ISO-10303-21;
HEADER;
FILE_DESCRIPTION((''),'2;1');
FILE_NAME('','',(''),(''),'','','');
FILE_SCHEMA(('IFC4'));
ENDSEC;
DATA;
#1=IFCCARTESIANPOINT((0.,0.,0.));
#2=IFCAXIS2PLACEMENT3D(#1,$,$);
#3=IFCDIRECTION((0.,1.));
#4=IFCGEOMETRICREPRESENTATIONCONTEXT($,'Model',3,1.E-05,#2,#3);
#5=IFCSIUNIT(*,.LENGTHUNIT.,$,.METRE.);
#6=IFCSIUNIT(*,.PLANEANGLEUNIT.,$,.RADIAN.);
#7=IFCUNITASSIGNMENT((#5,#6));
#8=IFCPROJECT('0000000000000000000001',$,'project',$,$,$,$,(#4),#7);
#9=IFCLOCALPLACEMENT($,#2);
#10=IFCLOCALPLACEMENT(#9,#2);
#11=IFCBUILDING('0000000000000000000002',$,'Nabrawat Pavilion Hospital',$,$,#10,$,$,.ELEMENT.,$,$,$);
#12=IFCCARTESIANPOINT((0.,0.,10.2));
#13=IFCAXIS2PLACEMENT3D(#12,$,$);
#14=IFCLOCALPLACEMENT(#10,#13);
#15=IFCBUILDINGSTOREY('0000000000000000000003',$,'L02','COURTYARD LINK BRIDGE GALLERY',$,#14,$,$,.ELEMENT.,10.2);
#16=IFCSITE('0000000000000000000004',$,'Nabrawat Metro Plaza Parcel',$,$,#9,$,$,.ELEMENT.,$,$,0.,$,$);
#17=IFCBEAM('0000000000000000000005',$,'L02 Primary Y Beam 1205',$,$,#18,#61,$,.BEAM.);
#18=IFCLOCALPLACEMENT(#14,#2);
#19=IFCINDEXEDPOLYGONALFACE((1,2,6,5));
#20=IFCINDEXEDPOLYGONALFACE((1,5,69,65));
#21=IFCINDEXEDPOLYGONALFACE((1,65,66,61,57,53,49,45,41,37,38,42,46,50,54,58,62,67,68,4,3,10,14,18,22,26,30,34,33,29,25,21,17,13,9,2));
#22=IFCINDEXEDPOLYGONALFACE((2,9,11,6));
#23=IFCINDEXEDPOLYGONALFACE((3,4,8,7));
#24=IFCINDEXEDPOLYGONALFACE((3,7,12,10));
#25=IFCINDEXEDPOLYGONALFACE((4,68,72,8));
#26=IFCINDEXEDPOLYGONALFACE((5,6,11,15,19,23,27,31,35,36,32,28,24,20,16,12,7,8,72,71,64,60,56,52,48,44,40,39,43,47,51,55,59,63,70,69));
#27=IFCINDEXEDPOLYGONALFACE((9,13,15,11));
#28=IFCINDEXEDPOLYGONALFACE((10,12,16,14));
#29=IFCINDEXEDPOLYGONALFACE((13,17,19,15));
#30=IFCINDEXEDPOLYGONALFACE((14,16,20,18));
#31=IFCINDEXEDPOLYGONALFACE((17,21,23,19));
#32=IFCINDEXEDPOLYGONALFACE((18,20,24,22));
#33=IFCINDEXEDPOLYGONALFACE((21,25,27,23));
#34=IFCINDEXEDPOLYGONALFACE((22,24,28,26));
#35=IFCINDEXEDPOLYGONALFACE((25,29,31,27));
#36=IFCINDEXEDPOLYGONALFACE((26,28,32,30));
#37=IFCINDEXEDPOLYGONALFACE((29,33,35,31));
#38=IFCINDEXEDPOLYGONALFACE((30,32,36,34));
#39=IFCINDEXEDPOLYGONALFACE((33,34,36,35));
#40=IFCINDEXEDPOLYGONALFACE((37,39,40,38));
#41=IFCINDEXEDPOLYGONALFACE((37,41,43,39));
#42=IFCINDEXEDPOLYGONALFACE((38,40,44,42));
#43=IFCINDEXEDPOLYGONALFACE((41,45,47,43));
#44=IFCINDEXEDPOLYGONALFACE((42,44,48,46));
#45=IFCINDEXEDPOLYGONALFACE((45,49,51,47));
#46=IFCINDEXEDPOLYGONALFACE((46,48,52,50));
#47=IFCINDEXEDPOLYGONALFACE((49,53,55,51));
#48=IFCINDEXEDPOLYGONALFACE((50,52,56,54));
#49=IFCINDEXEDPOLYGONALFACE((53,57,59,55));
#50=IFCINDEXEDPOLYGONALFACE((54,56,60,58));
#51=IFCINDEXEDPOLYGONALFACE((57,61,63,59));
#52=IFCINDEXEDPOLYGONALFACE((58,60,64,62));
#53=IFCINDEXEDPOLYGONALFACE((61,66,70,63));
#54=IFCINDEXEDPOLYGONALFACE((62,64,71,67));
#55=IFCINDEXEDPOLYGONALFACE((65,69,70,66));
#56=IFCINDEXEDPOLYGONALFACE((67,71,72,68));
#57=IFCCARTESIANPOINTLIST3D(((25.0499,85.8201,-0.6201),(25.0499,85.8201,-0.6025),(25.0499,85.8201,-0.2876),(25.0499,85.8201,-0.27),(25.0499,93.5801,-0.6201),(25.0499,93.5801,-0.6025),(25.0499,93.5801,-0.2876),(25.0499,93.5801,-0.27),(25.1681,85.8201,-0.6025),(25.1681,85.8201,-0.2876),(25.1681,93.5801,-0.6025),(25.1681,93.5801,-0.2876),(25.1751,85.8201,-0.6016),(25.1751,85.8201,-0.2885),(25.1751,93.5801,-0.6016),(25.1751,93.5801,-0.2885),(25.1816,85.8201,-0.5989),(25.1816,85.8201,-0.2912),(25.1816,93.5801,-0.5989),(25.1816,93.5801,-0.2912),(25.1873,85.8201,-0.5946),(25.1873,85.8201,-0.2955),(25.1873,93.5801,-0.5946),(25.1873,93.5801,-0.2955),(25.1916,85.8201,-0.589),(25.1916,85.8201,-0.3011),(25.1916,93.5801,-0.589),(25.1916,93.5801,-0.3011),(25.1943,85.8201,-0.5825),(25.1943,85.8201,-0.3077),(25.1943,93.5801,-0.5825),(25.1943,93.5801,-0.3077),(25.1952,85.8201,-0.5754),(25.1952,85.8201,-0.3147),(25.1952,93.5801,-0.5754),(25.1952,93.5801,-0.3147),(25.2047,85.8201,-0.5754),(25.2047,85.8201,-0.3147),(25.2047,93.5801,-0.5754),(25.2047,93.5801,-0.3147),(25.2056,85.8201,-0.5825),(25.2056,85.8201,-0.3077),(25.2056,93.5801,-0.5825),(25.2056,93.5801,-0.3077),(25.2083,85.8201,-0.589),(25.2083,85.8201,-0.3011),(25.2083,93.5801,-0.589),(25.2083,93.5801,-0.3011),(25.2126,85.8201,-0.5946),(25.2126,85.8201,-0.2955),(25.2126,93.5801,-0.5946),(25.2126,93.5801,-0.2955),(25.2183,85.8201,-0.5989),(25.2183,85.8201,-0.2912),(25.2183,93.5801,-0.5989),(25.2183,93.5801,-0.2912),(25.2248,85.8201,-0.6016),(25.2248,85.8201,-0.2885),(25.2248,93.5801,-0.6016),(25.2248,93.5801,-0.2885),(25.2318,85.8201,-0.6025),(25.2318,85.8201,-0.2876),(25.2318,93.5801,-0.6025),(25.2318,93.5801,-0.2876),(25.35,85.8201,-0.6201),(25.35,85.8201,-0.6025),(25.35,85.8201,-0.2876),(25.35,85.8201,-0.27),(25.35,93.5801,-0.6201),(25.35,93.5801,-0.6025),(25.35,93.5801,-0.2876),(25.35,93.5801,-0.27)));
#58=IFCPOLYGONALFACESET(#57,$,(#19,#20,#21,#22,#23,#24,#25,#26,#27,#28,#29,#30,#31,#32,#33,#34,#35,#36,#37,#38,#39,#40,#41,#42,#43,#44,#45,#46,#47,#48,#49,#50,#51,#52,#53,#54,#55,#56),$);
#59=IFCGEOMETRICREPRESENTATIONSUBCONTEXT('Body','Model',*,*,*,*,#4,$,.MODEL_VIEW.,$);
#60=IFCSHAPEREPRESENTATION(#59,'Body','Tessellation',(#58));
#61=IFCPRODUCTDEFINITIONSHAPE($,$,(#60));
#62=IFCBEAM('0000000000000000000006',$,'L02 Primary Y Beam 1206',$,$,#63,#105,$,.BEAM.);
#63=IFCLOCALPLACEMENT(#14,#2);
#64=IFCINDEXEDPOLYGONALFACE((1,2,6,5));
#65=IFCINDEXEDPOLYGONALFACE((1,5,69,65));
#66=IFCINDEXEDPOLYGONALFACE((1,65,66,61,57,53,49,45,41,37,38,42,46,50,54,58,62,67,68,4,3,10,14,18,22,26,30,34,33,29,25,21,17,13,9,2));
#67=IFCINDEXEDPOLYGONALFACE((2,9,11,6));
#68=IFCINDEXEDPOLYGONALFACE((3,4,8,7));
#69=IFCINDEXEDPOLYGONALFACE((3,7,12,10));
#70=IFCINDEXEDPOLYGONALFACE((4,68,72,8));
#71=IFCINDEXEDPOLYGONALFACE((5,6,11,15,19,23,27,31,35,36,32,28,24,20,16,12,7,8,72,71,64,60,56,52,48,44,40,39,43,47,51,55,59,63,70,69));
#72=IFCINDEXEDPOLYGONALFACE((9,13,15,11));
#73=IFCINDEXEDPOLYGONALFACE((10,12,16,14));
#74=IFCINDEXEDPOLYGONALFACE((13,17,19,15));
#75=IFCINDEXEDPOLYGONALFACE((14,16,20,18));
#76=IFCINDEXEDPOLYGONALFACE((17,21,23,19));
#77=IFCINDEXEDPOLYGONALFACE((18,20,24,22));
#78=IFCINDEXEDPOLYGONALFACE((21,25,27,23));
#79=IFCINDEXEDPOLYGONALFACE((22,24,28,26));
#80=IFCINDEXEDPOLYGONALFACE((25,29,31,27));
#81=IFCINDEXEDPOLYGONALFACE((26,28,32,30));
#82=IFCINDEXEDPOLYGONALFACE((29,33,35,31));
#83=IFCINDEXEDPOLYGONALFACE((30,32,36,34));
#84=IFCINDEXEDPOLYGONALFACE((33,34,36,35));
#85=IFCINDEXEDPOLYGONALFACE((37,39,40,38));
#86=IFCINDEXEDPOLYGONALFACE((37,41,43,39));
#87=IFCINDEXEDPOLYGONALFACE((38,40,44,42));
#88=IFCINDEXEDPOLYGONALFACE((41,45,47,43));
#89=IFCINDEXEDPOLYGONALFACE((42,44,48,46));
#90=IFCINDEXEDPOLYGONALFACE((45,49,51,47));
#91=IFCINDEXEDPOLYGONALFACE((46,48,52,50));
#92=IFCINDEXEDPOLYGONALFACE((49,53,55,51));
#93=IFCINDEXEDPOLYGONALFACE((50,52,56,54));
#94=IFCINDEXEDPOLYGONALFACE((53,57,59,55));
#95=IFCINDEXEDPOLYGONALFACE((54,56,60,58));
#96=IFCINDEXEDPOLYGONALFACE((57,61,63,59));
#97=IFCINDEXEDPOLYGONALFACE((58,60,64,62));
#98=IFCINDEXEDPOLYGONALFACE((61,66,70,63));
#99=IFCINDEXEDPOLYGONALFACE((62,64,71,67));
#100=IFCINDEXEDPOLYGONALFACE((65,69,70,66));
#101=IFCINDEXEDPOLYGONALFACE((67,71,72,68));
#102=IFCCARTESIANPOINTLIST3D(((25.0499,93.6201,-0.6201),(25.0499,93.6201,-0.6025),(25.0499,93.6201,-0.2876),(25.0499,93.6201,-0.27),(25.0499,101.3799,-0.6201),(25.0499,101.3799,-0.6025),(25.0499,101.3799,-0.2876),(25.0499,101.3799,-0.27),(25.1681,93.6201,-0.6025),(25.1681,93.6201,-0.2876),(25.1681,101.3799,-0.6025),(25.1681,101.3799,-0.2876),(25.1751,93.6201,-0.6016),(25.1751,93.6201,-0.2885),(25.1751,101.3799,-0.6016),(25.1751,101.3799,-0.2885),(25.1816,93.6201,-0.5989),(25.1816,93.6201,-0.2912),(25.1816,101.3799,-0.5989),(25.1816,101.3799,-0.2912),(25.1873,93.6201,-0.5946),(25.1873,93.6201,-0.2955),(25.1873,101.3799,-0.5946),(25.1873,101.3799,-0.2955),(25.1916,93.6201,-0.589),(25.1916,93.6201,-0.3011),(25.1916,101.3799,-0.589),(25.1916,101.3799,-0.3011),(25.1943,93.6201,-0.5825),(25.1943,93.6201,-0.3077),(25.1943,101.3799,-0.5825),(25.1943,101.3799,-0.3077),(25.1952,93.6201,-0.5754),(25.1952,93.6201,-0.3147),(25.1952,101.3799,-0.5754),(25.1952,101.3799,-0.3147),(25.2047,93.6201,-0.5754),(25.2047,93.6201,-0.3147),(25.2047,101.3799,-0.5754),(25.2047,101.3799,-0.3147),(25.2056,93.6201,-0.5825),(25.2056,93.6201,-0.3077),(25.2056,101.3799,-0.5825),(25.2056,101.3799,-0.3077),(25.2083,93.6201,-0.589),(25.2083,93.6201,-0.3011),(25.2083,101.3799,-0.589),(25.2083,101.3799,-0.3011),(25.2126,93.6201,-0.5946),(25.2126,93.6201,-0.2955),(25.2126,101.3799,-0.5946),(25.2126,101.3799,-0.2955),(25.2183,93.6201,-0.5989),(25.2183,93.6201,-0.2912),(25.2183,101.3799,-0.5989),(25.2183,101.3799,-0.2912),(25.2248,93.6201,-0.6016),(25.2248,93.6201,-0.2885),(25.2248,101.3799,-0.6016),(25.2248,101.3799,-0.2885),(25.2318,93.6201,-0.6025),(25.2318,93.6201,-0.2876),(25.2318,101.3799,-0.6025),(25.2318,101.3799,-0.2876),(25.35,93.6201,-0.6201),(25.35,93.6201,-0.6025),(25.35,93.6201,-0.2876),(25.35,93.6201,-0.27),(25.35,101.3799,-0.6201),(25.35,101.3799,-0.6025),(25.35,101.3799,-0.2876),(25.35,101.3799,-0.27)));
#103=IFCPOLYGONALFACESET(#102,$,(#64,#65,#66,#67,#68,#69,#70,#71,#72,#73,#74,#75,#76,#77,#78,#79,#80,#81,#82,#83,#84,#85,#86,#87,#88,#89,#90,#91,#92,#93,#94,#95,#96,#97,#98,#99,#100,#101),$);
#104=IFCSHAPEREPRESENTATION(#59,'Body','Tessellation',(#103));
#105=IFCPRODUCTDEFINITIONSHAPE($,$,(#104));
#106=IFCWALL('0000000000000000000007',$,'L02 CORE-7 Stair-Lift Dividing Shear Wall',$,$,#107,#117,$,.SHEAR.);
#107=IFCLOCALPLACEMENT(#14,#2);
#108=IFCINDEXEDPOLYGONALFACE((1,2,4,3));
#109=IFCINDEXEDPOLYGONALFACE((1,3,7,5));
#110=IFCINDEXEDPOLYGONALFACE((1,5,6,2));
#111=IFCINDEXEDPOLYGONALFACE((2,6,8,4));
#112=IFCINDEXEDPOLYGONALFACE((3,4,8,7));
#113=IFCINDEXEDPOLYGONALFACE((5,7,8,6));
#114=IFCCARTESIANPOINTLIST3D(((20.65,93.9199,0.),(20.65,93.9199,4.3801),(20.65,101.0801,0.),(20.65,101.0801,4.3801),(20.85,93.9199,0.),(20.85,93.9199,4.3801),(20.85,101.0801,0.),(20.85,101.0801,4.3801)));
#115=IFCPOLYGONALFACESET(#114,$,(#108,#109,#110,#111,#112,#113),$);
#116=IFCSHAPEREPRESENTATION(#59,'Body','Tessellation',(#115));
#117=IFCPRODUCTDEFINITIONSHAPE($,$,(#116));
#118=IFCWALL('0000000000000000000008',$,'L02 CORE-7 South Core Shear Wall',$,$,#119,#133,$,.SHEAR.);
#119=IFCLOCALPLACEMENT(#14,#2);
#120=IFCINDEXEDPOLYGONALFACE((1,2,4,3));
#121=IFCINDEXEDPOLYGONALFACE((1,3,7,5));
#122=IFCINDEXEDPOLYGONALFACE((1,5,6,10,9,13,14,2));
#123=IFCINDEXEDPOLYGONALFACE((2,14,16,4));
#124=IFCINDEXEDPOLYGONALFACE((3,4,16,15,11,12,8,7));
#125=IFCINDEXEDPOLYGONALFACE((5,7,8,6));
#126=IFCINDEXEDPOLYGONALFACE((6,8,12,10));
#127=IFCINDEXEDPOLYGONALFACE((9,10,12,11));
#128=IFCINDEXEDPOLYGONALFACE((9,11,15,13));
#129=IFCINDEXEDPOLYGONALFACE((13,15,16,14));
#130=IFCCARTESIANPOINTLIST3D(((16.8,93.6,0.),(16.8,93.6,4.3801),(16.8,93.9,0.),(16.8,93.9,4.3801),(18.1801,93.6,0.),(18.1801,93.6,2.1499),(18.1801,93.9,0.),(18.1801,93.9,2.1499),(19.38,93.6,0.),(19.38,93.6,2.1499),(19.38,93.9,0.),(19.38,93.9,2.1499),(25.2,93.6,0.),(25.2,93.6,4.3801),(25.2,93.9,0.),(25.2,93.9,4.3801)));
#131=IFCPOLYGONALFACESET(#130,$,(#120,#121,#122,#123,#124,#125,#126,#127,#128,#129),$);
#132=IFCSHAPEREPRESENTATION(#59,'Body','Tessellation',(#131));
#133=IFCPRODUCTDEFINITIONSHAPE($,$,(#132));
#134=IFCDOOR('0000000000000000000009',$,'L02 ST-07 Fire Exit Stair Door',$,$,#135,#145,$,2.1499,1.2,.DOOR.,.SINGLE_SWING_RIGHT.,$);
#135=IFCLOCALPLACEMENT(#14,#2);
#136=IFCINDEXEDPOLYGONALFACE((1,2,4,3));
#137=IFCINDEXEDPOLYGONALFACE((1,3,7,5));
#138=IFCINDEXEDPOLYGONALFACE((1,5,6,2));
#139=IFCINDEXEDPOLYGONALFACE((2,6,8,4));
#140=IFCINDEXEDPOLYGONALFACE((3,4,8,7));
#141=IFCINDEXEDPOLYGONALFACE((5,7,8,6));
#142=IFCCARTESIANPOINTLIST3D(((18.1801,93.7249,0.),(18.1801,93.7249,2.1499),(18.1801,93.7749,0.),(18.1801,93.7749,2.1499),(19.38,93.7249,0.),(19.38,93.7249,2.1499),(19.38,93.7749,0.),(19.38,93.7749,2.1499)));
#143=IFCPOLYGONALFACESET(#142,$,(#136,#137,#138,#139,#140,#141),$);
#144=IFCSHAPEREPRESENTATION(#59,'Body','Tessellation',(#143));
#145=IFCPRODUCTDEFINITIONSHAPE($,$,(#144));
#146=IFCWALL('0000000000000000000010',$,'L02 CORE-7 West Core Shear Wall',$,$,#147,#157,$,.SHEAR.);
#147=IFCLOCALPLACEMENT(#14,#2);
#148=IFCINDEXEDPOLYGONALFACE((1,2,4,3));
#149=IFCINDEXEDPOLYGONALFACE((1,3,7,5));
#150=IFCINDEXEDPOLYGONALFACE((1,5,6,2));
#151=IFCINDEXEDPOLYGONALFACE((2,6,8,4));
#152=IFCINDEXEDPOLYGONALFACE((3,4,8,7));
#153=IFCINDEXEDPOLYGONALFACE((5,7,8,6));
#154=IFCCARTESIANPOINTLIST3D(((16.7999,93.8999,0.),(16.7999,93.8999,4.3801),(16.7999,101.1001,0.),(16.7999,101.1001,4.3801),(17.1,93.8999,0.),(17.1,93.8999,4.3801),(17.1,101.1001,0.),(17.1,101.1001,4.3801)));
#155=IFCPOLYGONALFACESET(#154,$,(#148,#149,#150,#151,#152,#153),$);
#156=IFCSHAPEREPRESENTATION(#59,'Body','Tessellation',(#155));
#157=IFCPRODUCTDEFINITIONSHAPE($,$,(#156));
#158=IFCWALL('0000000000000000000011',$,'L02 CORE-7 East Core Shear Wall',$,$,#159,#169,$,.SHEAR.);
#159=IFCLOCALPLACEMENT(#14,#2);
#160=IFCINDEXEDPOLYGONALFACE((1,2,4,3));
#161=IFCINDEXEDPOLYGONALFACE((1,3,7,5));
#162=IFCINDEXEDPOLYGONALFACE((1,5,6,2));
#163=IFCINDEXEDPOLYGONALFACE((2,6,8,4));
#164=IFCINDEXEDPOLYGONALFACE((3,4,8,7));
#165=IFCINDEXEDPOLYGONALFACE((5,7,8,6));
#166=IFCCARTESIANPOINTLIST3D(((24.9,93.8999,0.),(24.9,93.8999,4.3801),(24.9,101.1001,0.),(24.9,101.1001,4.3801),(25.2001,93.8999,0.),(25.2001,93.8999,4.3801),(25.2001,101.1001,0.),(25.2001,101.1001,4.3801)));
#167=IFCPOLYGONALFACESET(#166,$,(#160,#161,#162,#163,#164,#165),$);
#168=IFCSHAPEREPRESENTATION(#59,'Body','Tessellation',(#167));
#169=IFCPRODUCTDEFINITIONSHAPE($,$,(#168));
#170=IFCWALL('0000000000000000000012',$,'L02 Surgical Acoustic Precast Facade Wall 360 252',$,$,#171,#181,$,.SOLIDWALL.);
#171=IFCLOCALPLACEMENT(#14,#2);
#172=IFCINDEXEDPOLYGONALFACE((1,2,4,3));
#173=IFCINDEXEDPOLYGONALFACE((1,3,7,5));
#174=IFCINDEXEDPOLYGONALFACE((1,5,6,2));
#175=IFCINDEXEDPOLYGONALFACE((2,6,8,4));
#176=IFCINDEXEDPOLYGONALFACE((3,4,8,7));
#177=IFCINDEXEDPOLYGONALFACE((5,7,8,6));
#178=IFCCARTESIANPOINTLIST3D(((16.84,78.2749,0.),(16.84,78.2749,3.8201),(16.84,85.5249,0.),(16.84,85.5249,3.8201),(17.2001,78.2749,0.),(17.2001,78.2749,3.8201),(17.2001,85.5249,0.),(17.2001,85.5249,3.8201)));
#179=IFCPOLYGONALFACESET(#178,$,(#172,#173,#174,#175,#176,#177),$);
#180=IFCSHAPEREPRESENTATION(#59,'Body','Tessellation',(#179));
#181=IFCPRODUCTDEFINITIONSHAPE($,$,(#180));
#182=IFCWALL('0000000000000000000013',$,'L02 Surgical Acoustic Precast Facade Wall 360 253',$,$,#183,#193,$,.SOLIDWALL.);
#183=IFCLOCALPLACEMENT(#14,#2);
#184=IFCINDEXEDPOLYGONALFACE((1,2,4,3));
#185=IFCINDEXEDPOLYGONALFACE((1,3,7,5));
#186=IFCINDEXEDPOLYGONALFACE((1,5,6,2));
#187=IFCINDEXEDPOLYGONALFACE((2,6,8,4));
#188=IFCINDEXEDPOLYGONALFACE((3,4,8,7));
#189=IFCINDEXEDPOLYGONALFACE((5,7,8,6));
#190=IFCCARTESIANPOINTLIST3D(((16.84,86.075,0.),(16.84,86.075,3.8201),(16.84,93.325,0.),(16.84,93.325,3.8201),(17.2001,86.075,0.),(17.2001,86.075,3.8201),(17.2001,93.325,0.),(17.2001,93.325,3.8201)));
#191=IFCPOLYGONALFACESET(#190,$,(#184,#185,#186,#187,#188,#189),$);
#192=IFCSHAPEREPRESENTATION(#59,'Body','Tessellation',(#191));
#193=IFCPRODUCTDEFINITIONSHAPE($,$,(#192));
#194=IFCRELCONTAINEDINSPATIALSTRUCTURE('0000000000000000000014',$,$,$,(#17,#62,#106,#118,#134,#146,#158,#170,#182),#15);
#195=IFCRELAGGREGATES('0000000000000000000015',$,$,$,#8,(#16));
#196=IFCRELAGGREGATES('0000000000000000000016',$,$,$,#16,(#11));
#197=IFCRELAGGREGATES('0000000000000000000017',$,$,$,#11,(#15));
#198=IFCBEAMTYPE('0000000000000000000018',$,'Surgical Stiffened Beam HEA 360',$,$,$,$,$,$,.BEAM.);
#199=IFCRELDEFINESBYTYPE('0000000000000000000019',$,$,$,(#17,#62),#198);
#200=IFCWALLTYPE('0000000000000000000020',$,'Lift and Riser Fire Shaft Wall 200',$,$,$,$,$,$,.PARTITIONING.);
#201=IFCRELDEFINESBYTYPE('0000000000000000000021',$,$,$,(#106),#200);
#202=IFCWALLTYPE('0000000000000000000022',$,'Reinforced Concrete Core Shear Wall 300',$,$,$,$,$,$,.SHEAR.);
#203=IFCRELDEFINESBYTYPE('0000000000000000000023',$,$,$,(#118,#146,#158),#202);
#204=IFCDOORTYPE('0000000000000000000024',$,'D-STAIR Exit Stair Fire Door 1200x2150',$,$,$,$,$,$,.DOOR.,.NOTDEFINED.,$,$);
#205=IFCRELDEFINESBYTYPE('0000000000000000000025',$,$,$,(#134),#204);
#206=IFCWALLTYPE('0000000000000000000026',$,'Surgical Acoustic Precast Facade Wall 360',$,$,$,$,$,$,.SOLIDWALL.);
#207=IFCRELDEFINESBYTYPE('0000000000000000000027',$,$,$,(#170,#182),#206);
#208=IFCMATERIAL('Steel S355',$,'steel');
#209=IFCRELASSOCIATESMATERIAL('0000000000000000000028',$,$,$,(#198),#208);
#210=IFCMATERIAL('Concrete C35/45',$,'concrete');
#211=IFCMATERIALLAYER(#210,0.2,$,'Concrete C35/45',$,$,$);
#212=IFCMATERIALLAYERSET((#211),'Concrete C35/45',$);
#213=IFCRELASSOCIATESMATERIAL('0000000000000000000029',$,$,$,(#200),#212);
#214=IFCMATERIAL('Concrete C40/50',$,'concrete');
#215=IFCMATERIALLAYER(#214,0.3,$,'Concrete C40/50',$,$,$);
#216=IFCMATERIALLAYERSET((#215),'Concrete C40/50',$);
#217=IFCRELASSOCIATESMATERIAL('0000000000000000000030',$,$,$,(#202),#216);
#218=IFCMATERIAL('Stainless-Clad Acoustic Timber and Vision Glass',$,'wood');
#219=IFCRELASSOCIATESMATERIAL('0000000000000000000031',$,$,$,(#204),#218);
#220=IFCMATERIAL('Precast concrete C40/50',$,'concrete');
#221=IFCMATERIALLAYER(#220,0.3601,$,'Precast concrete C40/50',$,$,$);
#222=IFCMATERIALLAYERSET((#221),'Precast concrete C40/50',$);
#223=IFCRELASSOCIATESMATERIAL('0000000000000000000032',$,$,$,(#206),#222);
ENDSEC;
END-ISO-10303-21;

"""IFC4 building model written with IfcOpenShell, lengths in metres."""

from ifc_helpers import new_model, si_unit, direction, frame, frame_2d, origin, origin_2d, place, context, subcontext, project, spatial, rectangle, i_section, extrude, material, layer, layer_set, material_profile, profile_set, type_object, element, fill, save


model = new_model("IFC4")

# Units and contexts
model_context = context("Model", 3, precision=1e-05, world=origin(), true_north=direction((0.0, 1.0)))
body_context = subcontext(model_context, "Body", "Model", "MODEL_VIEW")
ifc_project = project(units=[si_unit("LENGTHUNIT", "METRE"), si_unit("PLANEANGLEUNIT", "RADIAN")], contexts=[model_context])

# Site, building, storey
site_placement = place(None, origin())
site = spatial("IfcSite", under=ifc_project, at=site_placement, Name="Nabrawat Metro Plaza Parcel", CompositionType="ELEMENT", RefElevation=0.0)
building_placement = place(site_placement, origin())
building = spatial("IfcBuilding", under=site, at=building_placement, Name="Nabrawat Pavilion Hospital", CompositionType="ELEMENT")
storey_placement = place(building_placement, frame((0.0, 0.0, 10.2)))
storey = spatial("IfcBuildingStorey", under=building, at=storey_placement, Name="L02", Description="COURTYARD LINK BRIDGE GALLERY", CompositionType="ELEMENT", Elevation=10.2)

# Shared definitions
ifc_material_1 = material(Name="Steel S355", Category="steel")

# Beams
ifc_material_profile_1 = material_profile(ifc_material_1, i_section(OverallWidth=0.3, OverallDepth=0.3501, WebThickness=0.0095, FlangeThickness=0.0176, FilletRadius=0.0271, at=origin_2d()), Name="HEA 360")
ifc_profile_set_1 = profile_set([ifc_material_profile_1], Name="Steel S355")
beam_type_1 = type_object("IfcBeamType", Name="Surgical Stiffened Beam HEA 360", PredefinedType="BEAM", material=ifc_profile_set_1)
beam_1_placement = place(storey_placement, frame((25.2, 85.8201, -0.4451), z_axis=(0.0, 1.0, 0.0), x_axis=(-1.0, 0.0, 0.0)))
element("IfcBeam", 1, at=beam_1_placement, inside=storey, type_object=beam_type_1, Name="L02 Primary Y Beam 1205", PredefinedType="BEAM", context=body_context, shape_type="SweptSolid", body=[
    extrude(i_section(OverallWidth=0.3, OverallDepth=0.3501, WebThickness=0.0095, FlangeThickness=0.0176, FilletRadius=0.0271, at=origin_2d()), origin(), (0.0, 0.0, 1.0), 7.76),
])
beam_2_placement = place(storey_placement, frame((25.2, 93.6201, -0.4451), z_axis=(0.0, 1.0, 0.0), x_axis=(-1.0, 0.0, 0.0)))
element("IfcBeam", 2, at=beam_2_placement, inside=storey, type_object=beam_type_1, Name="L02 Primary Y Beam 1206", PredefinedType="BEAM", context=body_context, shape_type="SweptSolid", body=[
    extrude(i_section(OverallWidth=0.3, OverallDepth=0.3501, WebThickness=0.0095, FlangeThickness=0.0176, FilletRadius=0.0271, at=origin_2d()), origin(), (0.0, 0.0, 1.0), 7.7598),
])

# Wall
ifc_material_2 = material(Name="Concrete C35/45", Category="concrete")
ifc_layer_1 = layer(ifc_material_2, 0.2, Name="Concrete C35/45")
ifc_layer_set_1 = layer_set([ifc_layer_1], Name="Concrete C35/45")
wall_type_1 = type_object("IfcWallType", Name="Lift and Riser Fire Shaft Wall 200", PredefinedType="PARTITIONING", material=ifc_layer_set_1)
wall_1_placement = place(storey_placement, frame((20.75, 93.9199, 0.0), z_axis=(0.0, 0.0, 1.0), x_axis=(0.0, 1.0, 0.0)))
element("IfcWall", 3, at=wall_1_placement, inside=storey, type_object=wall_type_1, Name="L02 CORE-7 Stair-Lift Dividing Shear Wall", PredefinedType="SHEAR", context=body_context, shape_type="SweptSolid", body=[
    extrude(rectangle(XDim=7.1602, YDim=0.2, at=frame_2d((3.5801, 0.0))), origin(), (0.0, 0.0, 1.0), 4.3801),
])

# Wall, opening, door
ifc_material_3 = material(Name="Concrete C40/50", Category="concrete")
ifc_layer_2 = layer(ifc_material_3, 0.3, Name="Concrete C40/50")
ifc_layer_set_2 = layer_set([ifc_layer_2], Name="Concrete C40/50")
wall_type_2 = type_object("IfcWallType", Name="Reinforced Concrete Core Shear Wall 300", PredefinedType="SHEAR", material=ifc_layer_set_2)
wall_2_placement = place(storey_placement, frame((16.8, 93.75, 0.0), z_axis=(0.0, 0.0, 1.0), x_axis=(1.0, 0.0, 0.0)))
wall_2 = element("IfcWall", 4, at=wall_2_placement, inside=storey, type_object=wall_type_2, Name="L02 CORE-7 South Core Shear Wall", PredefinedType="SHEAR", context=body_context, shape_type="SweptSolid", body=[
    extrude(rectangle(XDim=8.3999, YDim=0.3, at=frame_2d((4.2, 0.0))), origin(), (0.0, 0.0, 1.0), 4.3801),
])
opening_placement = place(wall_2_placement, frame((1.3799, 0.0, 0.0)))
opening = element("IfcOpeningElement", 5, at=opening_placement, cuts=wall_2, PredefinedType="OPENING", context=body_context, shape_type="SweptSolid", body=[
    extrude(rectangle(XDim=1.2, YDim=2.1499, at=frame_2d((0.6001, 1.075))), frame((0.0, 0.1602, 0.0), z_axis=(0.0, -1.0, 0.0), x_axis=(1.0, 0.0, 0.0)), (0.0, 0.0, 1.0), 0.3201),
])
ifc_material_4 = material(Name="Stainless-Clad Acoustic Timber and Vision Glass", Category="wood")
door_type = type_object("IfcDoorType", Name="D-STAIR Exit Stair Fire Door 1200x2150", OperationType="NOTDEFINED", PredefinedType="DOOR", material=ifc_material_4)
door_placement = place(opening_placement, origin())
door = element("IfcDoor", 6, at=door_placement, inside=storey, type_object=door_type, Name="L02 ST-07 Fire Exit Stair Door", OperationType="SINGLE_SWING_RIGHT", OverallHeight=2.1499, OverallWidth=1.2, PredefinedType="DOOR", context=body_context, shape_type="SweptSolid", body=[
    extrude(rectangle(XDim=1.2, YDim=2.1499, at=frame_2d((0.6001, 1.075))), frame((0.0, 0.0249, 0.0), z_axis=(0.0, -1.0, 0.0), x_axis=(1.0, 0.0, 0.0)), (0.0, 0.0, 1.0), 0.05),
])
fill(opening, door)

# Walls
for number, where, z_axis, x_axis, name in (
    (7, (16.95, 93.8999, 0.0), (0.0, 0.0, 1.0), (0.0, 1.0, 0.0), "L02 CORE-7 West Core Shear Wall"),
    (8, (25.05, 93.8999, 0.0), (0.0, 0.0, 1.0), (0.0, 1.0, 0.0), "L02 CORE-7 East Core Shear Wall"),
):
    element("IfcWall", number, at=place(storey_placement, frame(where, z_axis=z_axis, x_axis=x_axis)), inside=storey, type_object=wall_type_2, Name=name, PredefinedType="SHEAR", context=body_context, shape_type="SweptSolid", body=[
        extrude(rectangle(XDim=7.2002, YDim=0.3, at=frame_2d((3.6001, 0.0))), origin(), (0.0, 0.0, 1.0), 4.3801),
    ])
ifc_material_5 = material(Name="Precast concrete C40/50", Category="concrete")
ifc_layer_3 = layer(ifc_material_5, 0.3601, Name="Precast concrete C40/50")
ifc_layer_set_3 = layer_set([ifc_layer_3], Name="Precast concrete C40/50")
wall_type_3 = type_object("IfcWallType", Name="Surgical Acoustic Precast Facade Wall 360", PredefinedType="SOLIDWALL", material=ifc_layer_set_3)
for number, where, z_axis, x_axis, name in (
    (9, (17.02, 78.2749, 0.0), (0.0, 0.0, 1.0), (0.0, 1.0, 0.0), "L02 Surgical Acoustic Precast Facade Wall 360 252"),
    (10, (17.02, 86.075, 0.0), (0.0, 0.0, 1.0), (0.0, 1.0, 0.0), "L02 Surgical Acoustic Precast Facade Wall 360 253"),
):
    element("IfcWall", number, at=place(storey_placement, frame(where, z_axis=z_axis, x_axis=x_axis)), inside=storey, type_object=wall_type_3, Name=name, PredefinedType="SOLIDWALL", context=body_context, shape_type="SweptSolid", body=[
        extrude(rectangle(XDim=7.25, YDim=0.3601, at=frame_2d((3.625, 0.0))), origin(), (0.0, 0.0, 1.0), 3.8201),
    ])

save(model, "model.ifc")
